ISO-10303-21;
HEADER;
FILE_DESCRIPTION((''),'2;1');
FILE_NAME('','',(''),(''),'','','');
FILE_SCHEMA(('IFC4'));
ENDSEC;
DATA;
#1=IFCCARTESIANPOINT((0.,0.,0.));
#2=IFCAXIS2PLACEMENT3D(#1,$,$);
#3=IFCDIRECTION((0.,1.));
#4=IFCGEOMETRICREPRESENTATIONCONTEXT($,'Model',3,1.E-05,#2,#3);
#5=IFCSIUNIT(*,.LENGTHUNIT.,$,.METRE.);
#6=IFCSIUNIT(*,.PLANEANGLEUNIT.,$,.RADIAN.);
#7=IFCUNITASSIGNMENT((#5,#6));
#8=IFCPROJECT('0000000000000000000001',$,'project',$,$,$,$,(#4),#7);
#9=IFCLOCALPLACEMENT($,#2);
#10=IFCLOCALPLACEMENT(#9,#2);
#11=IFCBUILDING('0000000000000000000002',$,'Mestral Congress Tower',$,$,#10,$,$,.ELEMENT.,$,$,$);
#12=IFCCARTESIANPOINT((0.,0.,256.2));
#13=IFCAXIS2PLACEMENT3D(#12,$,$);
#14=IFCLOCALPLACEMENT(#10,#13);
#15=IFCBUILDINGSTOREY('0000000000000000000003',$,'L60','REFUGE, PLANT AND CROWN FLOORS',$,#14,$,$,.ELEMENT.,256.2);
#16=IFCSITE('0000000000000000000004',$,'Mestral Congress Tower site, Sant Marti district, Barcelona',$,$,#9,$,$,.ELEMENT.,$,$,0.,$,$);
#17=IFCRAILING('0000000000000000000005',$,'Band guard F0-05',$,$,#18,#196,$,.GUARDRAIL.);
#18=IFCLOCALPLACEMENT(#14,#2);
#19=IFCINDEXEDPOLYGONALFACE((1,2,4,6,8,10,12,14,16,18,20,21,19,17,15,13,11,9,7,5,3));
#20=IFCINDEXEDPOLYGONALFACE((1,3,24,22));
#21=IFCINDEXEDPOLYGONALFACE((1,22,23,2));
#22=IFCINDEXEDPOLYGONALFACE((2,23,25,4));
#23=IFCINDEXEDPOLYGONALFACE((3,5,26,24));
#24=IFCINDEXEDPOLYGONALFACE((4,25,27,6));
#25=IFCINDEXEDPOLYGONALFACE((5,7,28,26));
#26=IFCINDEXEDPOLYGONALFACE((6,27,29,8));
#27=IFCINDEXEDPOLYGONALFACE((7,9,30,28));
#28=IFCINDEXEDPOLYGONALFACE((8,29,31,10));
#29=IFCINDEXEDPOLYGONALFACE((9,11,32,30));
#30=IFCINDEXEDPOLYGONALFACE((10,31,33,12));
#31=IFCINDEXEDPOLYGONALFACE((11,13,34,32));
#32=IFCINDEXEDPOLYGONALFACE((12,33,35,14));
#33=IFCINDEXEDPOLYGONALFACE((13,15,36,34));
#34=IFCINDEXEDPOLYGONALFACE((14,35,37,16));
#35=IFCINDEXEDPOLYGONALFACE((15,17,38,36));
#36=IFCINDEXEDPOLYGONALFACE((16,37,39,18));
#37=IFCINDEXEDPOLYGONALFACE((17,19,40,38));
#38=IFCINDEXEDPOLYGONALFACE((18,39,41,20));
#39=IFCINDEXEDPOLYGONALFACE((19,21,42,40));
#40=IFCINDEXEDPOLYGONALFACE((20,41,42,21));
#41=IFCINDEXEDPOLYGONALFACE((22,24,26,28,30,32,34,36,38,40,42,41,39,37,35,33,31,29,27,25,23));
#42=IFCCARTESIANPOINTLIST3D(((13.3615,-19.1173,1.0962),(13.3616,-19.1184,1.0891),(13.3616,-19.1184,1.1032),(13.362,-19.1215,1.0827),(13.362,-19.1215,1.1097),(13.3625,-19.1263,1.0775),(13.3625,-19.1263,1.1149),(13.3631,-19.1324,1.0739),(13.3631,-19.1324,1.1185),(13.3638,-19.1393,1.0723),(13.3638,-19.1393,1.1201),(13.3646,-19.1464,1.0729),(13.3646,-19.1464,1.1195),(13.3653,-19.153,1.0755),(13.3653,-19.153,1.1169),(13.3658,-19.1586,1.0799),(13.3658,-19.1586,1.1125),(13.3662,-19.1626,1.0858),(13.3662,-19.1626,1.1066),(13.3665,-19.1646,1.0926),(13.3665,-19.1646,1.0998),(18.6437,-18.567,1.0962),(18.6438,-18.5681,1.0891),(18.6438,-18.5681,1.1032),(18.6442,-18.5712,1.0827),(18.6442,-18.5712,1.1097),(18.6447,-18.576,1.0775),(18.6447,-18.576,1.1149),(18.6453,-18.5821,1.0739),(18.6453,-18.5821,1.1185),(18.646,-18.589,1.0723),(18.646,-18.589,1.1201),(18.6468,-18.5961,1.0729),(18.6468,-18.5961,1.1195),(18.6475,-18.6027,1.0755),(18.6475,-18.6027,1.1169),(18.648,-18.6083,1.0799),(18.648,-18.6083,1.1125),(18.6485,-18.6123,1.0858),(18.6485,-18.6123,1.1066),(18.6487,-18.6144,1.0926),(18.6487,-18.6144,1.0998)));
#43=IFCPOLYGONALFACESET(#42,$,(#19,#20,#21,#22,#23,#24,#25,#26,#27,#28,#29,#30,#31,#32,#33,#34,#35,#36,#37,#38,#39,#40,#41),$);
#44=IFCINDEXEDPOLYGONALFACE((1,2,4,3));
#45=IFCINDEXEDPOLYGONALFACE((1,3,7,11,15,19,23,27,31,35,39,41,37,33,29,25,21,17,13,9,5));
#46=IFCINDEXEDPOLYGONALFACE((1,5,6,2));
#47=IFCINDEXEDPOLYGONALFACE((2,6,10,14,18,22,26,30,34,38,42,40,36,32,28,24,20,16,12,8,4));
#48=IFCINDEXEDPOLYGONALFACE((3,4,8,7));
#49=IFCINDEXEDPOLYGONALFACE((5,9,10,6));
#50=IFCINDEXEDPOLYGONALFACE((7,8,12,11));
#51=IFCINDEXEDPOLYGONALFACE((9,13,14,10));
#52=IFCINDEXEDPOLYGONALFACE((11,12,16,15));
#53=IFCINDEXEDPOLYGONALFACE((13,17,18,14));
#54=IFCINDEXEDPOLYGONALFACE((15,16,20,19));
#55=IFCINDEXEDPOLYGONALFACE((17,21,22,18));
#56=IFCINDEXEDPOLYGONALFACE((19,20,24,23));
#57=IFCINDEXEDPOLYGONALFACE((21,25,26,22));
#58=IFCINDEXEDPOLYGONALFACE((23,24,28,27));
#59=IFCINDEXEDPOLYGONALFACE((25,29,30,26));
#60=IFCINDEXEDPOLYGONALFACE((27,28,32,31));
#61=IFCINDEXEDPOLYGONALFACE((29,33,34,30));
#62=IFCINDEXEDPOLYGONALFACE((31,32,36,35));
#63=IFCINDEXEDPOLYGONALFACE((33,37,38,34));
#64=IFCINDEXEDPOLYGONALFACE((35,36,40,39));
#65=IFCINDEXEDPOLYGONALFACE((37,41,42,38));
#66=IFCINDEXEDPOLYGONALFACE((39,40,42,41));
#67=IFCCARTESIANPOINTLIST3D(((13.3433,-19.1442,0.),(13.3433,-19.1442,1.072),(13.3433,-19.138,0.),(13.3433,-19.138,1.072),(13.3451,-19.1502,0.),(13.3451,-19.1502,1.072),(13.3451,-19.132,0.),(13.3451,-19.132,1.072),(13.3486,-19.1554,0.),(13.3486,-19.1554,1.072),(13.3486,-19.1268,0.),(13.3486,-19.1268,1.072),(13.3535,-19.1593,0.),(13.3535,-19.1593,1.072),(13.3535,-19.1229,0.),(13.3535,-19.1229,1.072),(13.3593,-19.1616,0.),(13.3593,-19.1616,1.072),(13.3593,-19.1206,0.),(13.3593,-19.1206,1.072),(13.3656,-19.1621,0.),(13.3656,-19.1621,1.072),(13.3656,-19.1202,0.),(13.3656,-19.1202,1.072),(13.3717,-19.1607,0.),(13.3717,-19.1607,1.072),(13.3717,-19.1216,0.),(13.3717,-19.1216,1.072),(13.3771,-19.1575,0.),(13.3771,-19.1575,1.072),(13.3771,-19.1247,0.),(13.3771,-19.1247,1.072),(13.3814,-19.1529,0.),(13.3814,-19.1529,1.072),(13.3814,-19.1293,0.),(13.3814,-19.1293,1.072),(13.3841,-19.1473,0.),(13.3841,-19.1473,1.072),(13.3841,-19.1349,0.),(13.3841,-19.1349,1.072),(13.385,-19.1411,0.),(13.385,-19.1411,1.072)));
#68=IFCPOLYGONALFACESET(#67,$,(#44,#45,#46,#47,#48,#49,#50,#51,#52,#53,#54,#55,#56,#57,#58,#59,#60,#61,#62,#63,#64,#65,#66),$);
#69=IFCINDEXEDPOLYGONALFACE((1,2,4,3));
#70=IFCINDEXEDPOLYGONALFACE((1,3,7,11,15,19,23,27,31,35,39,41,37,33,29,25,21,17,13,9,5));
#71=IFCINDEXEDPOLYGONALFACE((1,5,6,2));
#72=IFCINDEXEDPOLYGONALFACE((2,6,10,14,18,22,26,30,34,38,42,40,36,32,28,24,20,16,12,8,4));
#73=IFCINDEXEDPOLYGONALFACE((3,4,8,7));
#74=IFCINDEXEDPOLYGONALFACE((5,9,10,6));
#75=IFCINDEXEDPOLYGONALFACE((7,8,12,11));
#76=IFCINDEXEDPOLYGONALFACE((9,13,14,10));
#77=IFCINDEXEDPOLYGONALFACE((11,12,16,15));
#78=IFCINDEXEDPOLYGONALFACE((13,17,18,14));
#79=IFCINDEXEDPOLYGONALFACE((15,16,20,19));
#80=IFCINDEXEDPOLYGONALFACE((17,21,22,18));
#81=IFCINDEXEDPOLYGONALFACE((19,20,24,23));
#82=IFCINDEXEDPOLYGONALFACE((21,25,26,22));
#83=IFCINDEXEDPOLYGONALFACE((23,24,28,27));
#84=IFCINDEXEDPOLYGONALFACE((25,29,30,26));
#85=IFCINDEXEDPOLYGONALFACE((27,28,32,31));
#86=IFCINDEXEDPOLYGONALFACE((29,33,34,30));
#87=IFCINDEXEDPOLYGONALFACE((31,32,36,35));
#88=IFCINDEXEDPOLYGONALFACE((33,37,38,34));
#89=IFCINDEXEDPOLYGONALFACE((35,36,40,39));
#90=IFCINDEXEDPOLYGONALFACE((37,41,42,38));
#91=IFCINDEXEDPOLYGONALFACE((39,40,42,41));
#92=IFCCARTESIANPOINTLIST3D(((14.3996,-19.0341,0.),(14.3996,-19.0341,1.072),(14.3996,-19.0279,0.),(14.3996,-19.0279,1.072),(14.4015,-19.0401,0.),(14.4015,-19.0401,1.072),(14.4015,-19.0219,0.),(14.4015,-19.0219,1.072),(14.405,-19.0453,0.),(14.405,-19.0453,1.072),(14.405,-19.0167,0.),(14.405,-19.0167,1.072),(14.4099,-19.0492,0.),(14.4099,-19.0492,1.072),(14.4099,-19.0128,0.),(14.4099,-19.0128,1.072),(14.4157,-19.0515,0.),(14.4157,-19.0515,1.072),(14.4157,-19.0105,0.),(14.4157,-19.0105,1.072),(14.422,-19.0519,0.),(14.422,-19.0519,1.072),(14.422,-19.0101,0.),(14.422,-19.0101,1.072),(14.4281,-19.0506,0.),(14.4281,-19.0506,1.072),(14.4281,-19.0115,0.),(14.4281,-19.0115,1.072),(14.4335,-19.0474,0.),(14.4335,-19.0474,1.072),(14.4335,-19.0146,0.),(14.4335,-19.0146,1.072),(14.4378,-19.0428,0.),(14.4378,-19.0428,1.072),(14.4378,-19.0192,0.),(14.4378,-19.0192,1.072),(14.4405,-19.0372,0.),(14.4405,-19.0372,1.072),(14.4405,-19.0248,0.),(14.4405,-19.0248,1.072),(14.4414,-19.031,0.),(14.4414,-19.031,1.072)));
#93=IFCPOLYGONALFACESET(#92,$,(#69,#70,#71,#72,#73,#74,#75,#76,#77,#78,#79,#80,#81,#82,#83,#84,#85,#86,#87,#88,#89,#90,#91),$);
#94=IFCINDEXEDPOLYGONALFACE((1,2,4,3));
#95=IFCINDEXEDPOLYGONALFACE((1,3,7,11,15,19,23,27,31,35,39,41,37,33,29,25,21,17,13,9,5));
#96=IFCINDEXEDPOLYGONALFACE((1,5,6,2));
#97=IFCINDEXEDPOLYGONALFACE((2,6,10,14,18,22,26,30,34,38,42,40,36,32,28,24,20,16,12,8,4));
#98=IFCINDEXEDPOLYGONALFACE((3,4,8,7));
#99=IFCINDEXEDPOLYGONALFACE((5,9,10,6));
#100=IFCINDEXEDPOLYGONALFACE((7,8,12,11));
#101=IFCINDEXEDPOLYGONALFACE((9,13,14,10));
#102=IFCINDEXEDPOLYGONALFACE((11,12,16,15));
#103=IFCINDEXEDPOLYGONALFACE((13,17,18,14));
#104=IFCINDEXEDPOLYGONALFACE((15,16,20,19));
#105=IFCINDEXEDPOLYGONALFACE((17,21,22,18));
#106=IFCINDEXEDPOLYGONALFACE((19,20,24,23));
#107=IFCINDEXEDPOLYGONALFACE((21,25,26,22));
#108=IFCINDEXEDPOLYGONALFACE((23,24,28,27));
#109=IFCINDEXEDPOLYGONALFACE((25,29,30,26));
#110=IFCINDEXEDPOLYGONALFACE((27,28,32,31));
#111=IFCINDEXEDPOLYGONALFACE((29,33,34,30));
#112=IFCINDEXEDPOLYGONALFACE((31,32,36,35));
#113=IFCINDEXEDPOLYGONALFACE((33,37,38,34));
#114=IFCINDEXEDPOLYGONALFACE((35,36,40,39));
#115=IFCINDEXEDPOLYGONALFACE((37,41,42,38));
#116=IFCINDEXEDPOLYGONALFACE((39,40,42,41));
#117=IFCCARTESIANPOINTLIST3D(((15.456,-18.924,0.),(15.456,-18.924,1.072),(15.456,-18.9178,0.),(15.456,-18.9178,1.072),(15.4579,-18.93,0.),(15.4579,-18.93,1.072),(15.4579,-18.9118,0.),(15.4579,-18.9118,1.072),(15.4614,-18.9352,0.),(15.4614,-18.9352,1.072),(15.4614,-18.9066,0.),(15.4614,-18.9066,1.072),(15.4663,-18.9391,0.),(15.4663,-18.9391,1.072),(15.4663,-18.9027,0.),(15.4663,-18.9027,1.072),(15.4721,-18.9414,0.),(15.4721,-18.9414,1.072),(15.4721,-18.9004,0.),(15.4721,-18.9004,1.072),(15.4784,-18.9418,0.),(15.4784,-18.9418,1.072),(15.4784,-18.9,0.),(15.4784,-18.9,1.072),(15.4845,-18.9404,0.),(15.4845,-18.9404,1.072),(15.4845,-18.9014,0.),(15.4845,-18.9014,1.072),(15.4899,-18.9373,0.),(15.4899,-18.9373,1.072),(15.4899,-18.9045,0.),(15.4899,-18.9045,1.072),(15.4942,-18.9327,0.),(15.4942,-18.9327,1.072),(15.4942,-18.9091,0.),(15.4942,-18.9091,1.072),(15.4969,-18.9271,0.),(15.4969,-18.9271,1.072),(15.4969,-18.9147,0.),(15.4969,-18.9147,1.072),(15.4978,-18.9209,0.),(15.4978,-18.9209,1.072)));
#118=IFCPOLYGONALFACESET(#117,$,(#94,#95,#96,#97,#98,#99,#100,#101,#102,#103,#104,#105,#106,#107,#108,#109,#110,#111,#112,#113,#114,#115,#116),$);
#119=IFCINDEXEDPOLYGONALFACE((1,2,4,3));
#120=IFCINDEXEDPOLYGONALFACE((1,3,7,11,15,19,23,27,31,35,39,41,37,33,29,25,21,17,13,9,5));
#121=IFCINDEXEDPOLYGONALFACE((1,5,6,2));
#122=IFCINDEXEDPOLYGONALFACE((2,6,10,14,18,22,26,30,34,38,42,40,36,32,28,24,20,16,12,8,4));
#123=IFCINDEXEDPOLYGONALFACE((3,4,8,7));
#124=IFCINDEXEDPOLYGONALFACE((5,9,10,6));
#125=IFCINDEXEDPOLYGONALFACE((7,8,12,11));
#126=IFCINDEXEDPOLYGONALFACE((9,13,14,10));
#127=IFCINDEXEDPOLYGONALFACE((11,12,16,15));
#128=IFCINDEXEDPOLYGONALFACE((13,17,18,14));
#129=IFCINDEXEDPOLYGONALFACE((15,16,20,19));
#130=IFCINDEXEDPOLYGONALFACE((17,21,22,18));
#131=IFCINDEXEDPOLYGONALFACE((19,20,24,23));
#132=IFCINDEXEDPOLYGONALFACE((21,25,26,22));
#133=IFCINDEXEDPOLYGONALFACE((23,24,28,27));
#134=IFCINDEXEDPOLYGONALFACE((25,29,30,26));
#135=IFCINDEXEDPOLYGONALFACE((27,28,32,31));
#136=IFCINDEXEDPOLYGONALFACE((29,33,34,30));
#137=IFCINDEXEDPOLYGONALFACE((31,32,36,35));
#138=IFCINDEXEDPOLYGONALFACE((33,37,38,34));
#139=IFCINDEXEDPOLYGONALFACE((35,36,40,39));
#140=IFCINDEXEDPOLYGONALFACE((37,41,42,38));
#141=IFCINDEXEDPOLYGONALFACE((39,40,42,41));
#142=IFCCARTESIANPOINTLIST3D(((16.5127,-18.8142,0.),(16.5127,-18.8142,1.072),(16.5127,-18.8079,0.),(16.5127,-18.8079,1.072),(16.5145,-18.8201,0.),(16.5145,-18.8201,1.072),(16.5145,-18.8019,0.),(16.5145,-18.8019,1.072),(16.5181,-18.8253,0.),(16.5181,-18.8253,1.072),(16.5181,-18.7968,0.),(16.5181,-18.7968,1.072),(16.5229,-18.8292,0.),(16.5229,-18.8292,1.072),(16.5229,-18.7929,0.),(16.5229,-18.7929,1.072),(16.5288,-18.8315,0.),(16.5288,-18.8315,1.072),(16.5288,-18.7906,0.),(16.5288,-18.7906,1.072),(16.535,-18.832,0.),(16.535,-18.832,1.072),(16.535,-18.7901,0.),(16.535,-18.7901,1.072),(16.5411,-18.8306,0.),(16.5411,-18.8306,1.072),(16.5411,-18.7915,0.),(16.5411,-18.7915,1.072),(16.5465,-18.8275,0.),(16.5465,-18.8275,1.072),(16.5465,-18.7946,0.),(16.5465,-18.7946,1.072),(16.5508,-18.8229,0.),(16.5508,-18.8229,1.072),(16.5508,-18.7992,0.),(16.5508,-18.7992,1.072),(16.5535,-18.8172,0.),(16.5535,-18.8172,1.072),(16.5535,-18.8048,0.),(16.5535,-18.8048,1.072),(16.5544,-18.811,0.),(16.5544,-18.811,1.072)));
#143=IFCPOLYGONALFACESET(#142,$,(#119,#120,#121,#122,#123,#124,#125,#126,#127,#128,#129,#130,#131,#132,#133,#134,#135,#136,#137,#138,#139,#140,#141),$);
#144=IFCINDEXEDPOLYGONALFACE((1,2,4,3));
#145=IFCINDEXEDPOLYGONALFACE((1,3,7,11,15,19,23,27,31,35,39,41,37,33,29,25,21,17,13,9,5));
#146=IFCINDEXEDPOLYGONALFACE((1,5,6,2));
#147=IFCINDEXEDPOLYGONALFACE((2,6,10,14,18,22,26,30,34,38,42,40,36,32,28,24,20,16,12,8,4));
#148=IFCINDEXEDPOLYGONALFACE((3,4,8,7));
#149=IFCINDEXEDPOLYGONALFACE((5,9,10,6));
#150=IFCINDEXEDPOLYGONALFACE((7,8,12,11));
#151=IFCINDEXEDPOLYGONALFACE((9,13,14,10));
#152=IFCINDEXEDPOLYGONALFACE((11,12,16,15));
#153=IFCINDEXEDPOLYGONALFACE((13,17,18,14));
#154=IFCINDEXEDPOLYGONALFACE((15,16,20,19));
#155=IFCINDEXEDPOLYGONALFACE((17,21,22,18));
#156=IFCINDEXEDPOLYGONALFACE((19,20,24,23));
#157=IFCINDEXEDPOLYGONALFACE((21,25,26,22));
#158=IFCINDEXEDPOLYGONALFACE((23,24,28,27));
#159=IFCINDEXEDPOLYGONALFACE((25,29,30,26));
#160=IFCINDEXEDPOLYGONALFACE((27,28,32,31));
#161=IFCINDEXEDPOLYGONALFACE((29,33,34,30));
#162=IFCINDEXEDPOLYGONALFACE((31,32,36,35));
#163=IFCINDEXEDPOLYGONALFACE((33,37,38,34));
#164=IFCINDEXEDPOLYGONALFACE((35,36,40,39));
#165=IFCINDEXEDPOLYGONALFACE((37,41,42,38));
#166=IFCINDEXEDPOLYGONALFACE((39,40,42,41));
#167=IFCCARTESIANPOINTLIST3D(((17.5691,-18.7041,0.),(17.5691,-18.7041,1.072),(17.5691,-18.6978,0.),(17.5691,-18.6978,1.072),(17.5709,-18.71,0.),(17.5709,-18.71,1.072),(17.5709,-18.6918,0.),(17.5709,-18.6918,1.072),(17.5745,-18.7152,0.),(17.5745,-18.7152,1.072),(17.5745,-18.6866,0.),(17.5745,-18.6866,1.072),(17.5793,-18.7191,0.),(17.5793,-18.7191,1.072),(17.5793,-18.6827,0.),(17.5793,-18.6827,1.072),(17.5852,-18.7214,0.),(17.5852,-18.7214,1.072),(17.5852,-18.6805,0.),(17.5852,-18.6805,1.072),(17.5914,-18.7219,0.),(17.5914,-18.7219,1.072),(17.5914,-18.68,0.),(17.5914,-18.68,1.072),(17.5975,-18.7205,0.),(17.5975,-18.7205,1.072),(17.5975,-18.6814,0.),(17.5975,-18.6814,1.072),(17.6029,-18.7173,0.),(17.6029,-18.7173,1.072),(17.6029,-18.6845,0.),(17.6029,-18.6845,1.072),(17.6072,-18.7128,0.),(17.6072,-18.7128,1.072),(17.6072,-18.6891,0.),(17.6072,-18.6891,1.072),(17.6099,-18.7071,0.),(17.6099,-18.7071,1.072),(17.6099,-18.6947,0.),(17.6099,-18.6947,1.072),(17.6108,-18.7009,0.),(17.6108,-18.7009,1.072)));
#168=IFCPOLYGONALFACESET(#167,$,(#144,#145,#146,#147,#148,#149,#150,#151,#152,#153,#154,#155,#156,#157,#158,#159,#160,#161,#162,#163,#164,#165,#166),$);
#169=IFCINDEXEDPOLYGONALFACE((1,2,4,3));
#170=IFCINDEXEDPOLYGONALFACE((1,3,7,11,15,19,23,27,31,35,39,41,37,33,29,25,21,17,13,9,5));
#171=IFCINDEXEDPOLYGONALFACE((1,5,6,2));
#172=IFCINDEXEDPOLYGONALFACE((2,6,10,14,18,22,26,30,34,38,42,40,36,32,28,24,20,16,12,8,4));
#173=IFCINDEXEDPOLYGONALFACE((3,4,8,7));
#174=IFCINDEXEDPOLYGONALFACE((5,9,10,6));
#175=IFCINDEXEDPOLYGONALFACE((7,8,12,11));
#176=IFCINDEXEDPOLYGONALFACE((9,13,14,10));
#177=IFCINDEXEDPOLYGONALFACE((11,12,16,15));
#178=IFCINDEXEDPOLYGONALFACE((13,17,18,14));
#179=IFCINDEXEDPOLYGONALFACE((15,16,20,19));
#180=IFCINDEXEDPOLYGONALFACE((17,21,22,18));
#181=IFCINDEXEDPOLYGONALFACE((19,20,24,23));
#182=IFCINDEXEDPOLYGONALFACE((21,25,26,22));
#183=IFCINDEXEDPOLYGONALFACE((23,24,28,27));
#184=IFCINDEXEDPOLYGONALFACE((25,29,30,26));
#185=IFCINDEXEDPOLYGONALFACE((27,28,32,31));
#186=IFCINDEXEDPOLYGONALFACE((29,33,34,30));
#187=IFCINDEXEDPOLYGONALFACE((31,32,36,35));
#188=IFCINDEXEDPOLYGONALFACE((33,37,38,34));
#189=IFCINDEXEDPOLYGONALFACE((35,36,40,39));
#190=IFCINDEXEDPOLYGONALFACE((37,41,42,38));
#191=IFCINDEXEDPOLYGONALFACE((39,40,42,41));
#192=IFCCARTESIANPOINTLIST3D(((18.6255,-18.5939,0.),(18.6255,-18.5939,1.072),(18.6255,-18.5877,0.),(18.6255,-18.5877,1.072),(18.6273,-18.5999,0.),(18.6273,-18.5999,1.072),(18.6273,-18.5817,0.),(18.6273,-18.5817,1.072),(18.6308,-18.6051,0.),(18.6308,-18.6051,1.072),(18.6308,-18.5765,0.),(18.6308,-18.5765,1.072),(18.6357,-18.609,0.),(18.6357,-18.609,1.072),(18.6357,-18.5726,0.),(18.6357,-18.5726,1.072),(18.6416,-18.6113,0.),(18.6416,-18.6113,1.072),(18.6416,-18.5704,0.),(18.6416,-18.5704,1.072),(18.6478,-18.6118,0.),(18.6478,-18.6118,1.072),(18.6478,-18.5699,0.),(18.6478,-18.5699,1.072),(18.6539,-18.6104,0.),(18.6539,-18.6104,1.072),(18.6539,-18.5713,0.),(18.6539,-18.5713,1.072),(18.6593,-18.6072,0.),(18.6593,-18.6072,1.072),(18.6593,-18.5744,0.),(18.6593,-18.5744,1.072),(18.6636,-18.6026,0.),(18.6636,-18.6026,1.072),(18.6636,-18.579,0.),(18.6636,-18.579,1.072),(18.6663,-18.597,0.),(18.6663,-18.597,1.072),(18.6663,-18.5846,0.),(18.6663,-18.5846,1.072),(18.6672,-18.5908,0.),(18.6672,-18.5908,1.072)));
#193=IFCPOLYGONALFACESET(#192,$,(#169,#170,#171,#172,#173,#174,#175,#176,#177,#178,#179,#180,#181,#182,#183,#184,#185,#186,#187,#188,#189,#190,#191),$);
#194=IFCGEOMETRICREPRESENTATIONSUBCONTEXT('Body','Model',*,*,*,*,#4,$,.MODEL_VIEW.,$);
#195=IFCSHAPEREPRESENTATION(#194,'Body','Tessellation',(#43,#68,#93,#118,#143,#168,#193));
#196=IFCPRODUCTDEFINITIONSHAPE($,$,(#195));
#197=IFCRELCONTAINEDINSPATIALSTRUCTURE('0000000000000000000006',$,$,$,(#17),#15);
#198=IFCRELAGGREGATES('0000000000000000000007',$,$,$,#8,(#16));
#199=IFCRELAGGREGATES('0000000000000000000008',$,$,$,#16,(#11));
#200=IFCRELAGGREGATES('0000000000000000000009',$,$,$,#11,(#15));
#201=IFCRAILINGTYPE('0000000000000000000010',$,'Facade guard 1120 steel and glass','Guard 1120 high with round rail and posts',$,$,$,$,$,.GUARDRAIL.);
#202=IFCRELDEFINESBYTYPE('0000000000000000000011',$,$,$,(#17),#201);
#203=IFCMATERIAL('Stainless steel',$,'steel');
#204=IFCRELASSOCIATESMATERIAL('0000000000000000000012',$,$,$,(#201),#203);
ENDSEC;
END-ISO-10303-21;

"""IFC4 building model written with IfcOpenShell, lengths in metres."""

from ifc_helpers import new_model, si_unit, direction, frame, origin, origin_2d, place, context, subcontext, project, spatial, circle, extrude, material, type_object, element, save


model = new_model("IFC4")

# Units and contexts
model_context = context("Model", 3, precision=1e-05, world=origin(), true_north=direction((0.0, 1.0)))
body_context = subcontext(model_context, "Body", "Model", "MODEL_VIEW")
ifc_project = project(units=[si_unit("LENGTHUNIT", "METRE"), si_unit("PLANEANGLEUNIT", "RADIAN")], contexts=[model_context])

# Site, building, storey
site_placement = place(None, origin())
site = spatial("IfcSite", under=ifc_project, at=site_placement, Name="Mestral Congress Tower site, Sant Marti district, Barcelona", CompositionType="ELEMENT", RefElevation=0.0)
building_placement = place(site_placement, origin())
building = spatial("IfcBuilding", under=site, at=building_placement, Name="Mestral Congress Tower", CompositionType="ELEMENT")
storey_placement = place(building_placement, frame((0.0, 0.0, 256.2)))
storey = spatial("IfcBuildingStorey", under=building, at=storey_placement, Name="L60", Description="REFUGE, PLANT AND CROWN FLOORS", CompositionType="ELEMENT", Elevation=256.2)

# Railing
ifc_material_1 = material(Name="Stainless steel", Category="steel")
railing_type = type_object("IfcRailingType", Name="Facade guard 1120 steel and glass", Description="Guard 1120 high with round rail and posts", PredefinedType="GUARDRAIL", material=ifc_material_1)
railing_1_placement = place(storey_placement, frame((13.364, -19.1411, 0.0)))
element("IfcRailing", 1, at=railing_1_placement, inside=storey, type_object=railing_type, Name="Band guard F0-05", PredefinedType="GUARDRAIL", context=body_context, shape_type="SweptSolid", body=[
    extrude(circle(Radius=0.0239, at=origin_2d()), frame((0.0, 0.0, 1.0962), z_axis=(0.994617, 0.103617, 0.0), x_axis=(-0.103617, 0.994617, 0.0)), (0.0, 0.0, 1.0), 5.3108),
    extrude(circle(Radius=0.021, at=origin_2d()), origin(), (0.0, 0.0, 1.0), 1.072),
    extrude(circle(Radius=0.021, at=origin_2d()), frame((1.0564, 0.1101, 0.0)), (0.0, 0.0, 1.0), 1.072),
    extrude(circle(Radius=0.021, at=origin_2d()), frame((2.1128, 0.2202, 0.0)), (0.0, 0.0, 1.0), 1.072),
    extrude(circle(Radius=0.021, at=origin_2d()), frame((3.1694, 0.3301, 0.0)), (0.0, 0.0, 1.0), 1.072),
    extrude(circle(Radius=0.021, at=origin_2d()), frame((4.2258, 0.4402, 0.0)), (0.0, 0.0, 1.0), 1.072),
    extrude(circle(Radius=0.021, at=origin_2d()), frame((5.2822, 0.5503, 0.0)), (0.0, 0.0, 1.0), 1.072),
])

save(model, "model.ifc")
